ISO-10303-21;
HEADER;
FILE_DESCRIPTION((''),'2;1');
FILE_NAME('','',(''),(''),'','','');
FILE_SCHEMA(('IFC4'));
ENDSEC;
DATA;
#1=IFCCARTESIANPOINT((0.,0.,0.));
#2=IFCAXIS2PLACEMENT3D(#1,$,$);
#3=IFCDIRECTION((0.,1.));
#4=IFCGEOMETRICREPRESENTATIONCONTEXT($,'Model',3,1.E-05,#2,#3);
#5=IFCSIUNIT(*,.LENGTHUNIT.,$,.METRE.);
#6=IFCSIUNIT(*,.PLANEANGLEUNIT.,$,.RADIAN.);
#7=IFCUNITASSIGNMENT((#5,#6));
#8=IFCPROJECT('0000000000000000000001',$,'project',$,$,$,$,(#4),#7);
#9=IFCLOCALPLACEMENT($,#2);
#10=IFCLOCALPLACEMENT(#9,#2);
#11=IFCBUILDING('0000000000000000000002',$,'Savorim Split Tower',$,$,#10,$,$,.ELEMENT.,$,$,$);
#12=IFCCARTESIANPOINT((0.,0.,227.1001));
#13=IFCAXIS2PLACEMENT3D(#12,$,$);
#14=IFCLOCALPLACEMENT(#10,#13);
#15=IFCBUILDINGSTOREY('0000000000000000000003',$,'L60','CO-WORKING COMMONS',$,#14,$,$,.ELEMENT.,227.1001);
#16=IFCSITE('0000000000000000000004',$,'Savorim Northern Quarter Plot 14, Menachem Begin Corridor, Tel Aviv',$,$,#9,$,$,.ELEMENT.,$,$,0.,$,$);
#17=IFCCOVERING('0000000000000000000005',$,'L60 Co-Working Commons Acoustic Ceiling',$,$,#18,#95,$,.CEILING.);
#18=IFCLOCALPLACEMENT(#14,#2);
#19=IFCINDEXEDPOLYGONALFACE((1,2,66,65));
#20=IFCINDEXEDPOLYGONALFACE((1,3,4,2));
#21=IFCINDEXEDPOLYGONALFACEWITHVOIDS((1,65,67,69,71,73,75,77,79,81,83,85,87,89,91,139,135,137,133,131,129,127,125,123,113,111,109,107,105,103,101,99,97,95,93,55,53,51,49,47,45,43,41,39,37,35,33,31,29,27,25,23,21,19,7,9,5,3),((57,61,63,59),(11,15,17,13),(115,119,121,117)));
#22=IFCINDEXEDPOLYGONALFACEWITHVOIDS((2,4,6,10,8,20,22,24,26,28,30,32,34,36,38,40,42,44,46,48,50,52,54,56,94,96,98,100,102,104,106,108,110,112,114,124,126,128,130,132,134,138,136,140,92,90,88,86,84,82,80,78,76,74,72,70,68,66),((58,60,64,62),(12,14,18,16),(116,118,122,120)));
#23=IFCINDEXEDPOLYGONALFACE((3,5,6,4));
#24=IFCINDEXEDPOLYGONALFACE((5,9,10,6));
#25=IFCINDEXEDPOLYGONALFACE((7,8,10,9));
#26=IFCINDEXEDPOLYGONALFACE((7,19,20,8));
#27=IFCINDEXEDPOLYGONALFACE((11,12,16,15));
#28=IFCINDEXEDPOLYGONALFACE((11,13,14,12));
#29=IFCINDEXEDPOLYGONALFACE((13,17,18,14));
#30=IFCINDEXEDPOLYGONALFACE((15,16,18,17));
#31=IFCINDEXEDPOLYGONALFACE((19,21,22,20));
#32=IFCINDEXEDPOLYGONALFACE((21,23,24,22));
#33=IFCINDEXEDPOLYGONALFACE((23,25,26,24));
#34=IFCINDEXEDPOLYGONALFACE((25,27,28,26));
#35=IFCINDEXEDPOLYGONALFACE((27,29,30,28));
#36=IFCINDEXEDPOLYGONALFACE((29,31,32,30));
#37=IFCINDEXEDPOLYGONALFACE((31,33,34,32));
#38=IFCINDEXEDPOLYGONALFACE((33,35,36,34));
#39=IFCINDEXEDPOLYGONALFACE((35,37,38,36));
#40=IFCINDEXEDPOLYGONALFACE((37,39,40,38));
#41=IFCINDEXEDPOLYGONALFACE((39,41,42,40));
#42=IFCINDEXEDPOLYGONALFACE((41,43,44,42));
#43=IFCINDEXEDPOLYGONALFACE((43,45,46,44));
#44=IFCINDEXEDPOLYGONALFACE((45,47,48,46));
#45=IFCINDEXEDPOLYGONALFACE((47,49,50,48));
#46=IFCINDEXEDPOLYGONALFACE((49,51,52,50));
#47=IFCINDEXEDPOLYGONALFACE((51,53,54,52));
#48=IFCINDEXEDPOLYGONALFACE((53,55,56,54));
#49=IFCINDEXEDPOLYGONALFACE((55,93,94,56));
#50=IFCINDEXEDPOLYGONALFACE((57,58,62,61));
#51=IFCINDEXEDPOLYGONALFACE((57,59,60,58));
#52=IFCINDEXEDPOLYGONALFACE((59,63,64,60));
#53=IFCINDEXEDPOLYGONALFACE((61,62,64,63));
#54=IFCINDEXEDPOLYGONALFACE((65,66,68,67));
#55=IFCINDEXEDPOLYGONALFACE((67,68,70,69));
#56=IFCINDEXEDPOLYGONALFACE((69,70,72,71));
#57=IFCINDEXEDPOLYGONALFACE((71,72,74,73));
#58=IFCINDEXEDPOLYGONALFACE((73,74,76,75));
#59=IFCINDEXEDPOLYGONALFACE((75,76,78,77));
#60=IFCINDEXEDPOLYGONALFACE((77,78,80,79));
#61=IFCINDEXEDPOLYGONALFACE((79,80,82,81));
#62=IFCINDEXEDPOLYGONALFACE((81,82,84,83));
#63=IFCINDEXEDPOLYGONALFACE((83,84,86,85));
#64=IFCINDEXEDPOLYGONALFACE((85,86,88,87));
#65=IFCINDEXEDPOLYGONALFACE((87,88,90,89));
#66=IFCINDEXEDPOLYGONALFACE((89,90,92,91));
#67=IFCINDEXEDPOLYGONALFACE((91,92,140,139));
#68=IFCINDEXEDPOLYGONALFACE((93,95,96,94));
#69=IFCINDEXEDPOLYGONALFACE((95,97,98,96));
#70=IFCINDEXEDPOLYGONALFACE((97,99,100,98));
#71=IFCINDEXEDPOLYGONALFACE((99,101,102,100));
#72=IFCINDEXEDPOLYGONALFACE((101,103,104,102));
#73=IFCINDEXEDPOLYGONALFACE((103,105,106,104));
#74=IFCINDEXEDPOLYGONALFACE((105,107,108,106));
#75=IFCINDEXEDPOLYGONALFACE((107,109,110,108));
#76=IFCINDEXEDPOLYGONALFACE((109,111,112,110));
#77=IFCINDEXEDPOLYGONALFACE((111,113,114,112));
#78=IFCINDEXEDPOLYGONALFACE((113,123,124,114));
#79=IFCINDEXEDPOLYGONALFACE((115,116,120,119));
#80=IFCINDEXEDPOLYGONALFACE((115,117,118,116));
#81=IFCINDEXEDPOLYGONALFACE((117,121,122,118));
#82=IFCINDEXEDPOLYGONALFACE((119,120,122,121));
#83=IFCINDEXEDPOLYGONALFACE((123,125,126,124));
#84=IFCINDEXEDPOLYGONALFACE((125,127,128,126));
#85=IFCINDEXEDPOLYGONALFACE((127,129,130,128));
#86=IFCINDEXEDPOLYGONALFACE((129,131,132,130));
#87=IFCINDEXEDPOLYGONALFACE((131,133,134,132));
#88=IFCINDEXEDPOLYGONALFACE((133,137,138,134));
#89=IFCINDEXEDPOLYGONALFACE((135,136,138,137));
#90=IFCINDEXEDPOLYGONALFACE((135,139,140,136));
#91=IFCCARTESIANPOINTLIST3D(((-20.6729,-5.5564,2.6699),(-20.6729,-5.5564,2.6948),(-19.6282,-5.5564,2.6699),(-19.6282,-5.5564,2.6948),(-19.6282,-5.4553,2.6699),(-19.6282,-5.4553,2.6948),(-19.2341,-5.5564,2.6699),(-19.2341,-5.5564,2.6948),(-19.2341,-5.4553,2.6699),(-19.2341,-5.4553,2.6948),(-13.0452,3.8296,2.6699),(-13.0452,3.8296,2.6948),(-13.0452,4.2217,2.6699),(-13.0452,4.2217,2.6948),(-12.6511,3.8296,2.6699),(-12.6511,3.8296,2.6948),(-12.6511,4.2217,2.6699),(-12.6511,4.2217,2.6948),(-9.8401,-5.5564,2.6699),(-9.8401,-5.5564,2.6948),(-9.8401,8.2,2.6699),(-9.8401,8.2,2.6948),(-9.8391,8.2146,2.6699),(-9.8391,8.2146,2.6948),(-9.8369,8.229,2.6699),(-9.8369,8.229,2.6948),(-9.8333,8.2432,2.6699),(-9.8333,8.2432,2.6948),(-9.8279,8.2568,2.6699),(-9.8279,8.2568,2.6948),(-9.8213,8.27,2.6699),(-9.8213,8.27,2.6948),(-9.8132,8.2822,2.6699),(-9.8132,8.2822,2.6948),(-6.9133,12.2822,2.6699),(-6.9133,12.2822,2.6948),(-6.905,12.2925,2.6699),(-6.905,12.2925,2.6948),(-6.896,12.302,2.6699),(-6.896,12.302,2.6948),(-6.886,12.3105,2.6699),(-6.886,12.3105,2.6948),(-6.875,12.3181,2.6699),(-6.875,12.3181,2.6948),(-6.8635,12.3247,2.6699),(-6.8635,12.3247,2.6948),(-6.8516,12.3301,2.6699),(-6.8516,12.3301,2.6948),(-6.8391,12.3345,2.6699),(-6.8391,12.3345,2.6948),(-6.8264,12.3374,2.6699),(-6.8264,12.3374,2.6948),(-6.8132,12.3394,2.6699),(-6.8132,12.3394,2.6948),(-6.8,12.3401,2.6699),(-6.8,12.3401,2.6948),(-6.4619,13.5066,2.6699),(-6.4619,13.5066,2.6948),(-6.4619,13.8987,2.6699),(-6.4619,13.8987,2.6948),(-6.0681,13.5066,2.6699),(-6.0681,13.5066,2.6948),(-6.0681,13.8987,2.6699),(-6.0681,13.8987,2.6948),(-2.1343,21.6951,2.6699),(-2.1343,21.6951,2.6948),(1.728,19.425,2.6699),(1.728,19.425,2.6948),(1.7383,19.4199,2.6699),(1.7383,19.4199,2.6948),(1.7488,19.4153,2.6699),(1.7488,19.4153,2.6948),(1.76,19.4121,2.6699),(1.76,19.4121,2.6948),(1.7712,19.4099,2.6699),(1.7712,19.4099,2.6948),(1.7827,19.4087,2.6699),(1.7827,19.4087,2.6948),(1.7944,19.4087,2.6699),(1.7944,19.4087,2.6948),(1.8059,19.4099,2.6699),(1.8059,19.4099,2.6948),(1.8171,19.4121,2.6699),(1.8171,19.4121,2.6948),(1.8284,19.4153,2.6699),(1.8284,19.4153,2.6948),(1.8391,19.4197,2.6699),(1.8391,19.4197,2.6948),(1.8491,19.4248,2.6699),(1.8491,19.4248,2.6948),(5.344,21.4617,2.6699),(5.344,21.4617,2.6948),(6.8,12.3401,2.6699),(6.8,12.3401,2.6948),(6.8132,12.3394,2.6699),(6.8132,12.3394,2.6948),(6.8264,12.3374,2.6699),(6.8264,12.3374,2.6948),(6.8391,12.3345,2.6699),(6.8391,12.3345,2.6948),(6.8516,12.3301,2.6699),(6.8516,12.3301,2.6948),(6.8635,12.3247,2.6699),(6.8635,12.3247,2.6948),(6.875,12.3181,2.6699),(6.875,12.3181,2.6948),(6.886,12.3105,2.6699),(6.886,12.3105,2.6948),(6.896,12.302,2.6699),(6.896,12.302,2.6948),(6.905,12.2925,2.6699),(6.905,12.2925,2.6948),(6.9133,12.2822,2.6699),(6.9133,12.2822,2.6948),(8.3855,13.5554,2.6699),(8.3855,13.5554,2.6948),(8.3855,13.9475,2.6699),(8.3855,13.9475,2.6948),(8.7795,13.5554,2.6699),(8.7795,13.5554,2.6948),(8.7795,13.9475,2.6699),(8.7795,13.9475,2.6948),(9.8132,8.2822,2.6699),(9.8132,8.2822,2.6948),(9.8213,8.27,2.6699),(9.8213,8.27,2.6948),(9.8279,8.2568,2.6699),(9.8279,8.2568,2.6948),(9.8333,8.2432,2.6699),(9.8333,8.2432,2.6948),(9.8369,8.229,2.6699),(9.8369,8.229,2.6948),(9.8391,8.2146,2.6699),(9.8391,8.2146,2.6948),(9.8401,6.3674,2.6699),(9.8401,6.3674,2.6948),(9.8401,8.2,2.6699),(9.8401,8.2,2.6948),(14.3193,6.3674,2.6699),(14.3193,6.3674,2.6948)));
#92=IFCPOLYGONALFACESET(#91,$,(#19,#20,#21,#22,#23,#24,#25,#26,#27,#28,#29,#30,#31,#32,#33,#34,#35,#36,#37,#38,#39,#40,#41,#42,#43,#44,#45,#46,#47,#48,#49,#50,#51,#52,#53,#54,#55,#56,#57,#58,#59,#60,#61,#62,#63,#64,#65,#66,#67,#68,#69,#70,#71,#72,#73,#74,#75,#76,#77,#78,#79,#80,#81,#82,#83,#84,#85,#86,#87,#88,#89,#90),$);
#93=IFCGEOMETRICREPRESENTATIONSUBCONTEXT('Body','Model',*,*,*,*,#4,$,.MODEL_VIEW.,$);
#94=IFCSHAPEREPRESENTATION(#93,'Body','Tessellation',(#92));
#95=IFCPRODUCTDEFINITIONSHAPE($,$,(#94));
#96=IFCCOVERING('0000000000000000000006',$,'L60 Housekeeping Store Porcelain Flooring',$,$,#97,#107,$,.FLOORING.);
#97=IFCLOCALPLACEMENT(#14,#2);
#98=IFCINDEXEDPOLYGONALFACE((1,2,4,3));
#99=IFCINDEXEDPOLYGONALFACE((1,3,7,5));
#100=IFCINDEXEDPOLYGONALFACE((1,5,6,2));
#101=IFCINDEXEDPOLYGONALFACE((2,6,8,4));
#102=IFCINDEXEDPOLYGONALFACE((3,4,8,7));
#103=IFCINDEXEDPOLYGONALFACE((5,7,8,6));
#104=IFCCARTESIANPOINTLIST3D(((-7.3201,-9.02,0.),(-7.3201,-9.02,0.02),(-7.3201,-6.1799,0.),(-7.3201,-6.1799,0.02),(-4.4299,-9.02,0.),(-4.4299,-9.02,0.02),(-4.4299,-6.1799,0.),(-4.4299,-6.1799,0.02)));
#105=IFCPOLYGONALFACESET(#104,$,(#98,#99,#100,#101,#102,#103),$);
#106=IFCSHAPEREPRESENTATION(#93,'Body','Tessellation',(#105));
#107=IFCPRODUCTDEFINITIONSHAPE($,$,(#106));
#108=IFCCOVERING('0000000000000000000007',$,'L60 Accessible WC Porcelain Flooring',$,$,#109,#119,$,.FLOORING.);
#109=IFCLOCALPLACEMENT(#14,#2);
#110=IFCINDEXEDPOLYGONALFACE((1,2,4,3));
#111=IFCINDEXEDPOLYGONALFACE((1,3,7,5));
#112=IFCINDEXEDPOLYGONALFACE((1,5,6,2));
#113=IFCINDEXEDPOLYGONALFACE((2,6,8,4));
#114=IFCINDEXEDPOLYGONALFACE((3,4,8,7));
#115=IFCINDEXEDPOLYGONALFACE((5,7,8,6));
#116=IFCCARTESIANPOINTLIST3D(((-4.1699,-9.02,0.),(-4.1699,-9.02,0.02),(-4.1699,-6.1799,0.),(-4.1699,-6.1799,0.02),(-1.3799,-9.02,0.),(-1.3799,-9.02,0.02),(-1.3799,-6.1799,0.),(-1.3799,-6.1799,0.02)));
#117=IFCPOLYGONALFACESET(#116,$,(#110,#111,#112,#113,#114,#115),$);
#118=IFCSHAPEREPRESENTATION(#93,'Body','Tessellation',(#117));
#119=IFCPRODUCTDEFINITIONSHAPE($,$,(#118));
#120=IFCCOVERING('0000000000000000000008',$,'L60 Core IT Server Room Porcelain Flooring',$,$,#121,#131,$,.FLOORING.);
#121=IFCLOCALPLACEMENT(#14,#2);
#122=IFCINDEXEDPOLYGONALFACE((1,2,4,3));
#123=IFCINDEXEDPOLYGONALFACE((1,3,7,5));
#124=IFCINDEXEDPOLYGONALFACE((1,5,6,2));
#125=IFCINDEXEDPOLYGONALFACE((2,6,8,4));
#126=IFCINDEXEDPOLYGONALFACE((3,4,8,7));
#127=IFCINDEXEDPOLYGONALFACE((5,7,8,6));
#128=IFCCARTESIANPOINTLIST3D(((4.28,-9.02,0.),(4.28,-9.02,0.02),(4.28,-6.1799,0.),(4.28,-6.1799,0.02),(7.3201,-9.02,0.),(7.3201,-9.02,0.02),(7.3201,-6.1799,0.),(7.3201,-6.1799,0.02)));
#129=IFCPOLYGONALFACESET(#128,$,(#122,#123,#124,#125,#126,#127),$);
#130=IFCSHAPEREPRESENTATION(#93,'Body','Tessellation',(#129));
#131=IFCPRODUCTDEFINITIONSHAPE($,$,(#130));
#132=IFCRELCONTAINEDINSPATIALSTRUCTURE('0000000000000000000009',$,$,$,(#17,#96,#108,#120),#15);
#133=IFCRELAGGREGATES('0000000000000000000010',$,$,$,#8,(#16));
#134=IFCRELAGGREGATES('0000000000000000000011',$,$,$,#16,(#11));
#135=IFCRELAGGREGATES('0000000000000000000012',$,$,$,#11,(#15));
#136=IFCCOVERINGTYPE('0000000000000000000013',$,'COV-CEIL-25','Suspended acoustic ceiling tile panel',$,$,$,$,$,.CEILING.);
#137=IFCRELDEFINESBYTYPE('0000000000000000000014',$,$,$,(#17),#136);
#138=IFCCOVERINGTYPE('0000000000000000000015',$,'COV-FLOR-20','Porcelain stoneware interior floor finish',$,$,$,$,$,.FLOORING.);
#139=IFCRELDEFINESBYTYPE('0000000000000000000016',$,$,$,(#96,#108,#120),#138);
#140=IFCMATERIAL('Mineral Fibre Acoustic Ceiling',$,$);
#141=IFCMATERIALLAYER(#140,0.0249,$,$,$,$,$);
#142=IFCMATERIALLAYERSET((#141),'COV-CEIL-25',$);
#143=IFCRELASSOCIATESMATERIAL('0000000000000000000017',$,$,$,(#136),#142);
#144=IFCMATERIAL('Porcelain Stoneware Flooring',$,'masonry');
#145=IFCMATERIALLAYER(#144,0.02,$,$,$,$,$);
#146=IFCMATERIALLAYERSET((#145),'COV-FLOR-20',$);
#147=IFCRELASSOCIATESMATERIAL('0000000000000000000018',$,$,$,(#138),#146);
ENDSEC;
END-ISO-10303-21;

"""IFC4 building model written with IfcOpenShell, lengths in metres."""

from ifc_helpers import new_model, si_unit, direction, frame, origin, place, context, subcontext, project, spatial, polyline, outline, extrude, material, layer, layer_set, type_object, element, save


model = new_model("IFC4")

# Units and contexts
model_context = context("Model", 3, precision=1e-05, world=origin(), true_north=direction((0.0, 1.0)))
body_context = subcontext(model_context, "Body", "Model", "MODEL_VIEW")
ifc_project = project(units=[si_unit("LENGTHUNIT", "METRE"), si_unit("PLANEANGLEUNIT", "RADIAN")], contexts=[model_context])

# Site, building, storey
site_placement = place(None, origin())
site = spatial("IfcSite", under=ifc_project, at=site_placement, Name="Savorim Northern Quarter Plot 14, Menachem Begin Corridor, Tel Aviv", CompositionType="ELEMENT", RefElevation=0.0)
building_placement = place(site_placement, origin())
building = spatial("IfcBuilding", under=site, at=building_placement, Name="Savorim Split Tower", CompositionType="ELEMENT")
storey_placement = place(building_placement, frame((0.0, 0.0, 227.1001)))
storey = spatial("IfcBuildingStorey", under=building, at=storey_placement, Name="L60", Description="CO-WORKING COMMONS", CompositionType="ELEMENT", Elevation=227.1001)

# Coverings
ifc_material_1 = material(Name="Mineral Fibre Acoustic Ceiling")
ifc_layer_1 = layer(ifc_material_1, 0.0249)
ifc_layer_set_1 = layer_set([ifc_layer_1], Name="COV-CEIL-25")
covering_type_1 = type_object("IfcCoveringType", Name="COV-CEIL-25", Description="Suspended acoustic ceiling tile panel", PredefinedType="CEILING", material=ifc_layer_set_1)
covering_1_placement = place(storey_placement, frame((0.0, 0.0, 2.6699)))
element("IfcCovering", 1, at=covering_1_placement, inside=storey, type_object=covering_type_1, Name="L60 Co-Working Commons Acoustic Ceiling", PredefinedType="CEILING", context=body_context, shape_type="SweptSolid", body=[
    extrude(outline(polyline([(1.7488, 19.4153), (1.7383, 19.4199), (1.728, 19.425), (-2.1343, 21.6951), (-20.6729, -5.5564), (-19.6282, -5.5564), (-19.6282, -5.4553), (-19.2341, -5.4553), (-19.2341, -5.5564), (-9.8401, -5.5564), (-9.8401, 8.2), (-9.8391, 8.2146), (-9.8369, 8.229), (-9.8333, 8.2432), (-9.8279, 8.2568), (-9.8213, 8.27), (-9.8132, 8.2822), (-6.9133, 12.2822), (-6.905, 12.2925), (-6.896, 12.302), (-6.886, 12.3105), (-6.875, 12.3181), (-6.8635, 12.3247), (-6.8516, 12.3301), (-6.8391, 12.3345), (-6.8264, 12.3374), (-6.8132, 12.3394), (-6.8, 12.3401), (6.8, 12.3401), (6.8132, 12.3394), (6.8264, 12.3374), (6.8391, 12.3345), (6.8516, 12.3301), (6.8635, 12.3247), (6.875, 12.3181), (6.886, 12.3105), (6.896, 12.302), (6.905, 12.2925), (6.9133, 12.2822), (9.8132, 8.2822), (9.8213, 8.27), (9.8279, 8.2568), (9.8333, 8.2432), (9.8369, 8.229), (9.8391, 8.2146), (9.8401, 8.2), (9.8401, 6.3674), (14.3193, 6.3674), (5.344, 21.4617), (1.8491, 19.4248), (1.8391, 19.4197), (1.8284, 19.4153), (1.8171, 19.4121), (1.8059, 19.4099), (1.7944, 19.4087), (1.7827, 19.4087), (1.7712, 19.4099), (1.76, 19.4121), (1.7488, 19.4153)]), holes=[polyline([(8.7795, 13.9475), (8.3855, 13.9475), (8.3855, 13.5554), (8.7795, 13.5554), (8.7795, 13.9475)]), polyline([(-6.0681, 13.8987), (-6.4619, 13.8987), (-6.4619, 13.5066), (-6.0681, 13.5066), (-6.0681, 13.8987)]), polyline([(-13.0452, 4.2217), (-13.0452, 3.8296), (-12.6511, 3.8296), (-12.6511, 4.2217), (-13.0452, 4.2217)])]), origin(), (0.0, 0.0, 1.0), 0.0249),
])
ifc_material_2 = material(Name="Porcelain Stoneware Flooring", Category="masonry")
ifc_layer_2 = layer(ifc_material_2, 0.02)
ifc_layer_set_2 = layer_set([ifc_layer_2], Name="COV-FLOR-20")
covering_type_2 = type_object("IfcCoveringType", Name="COV-FLOR-20", Description="Porcelain stoneware interior floor finish", PredefinedType="FLOORING", material=ifc_layer_set_2)
covering_2_placement = place(storey_placement, origin())
element("IfcCovering", 2, at=covering_2_placement, inside=storey, type_object=covering_type_2, Name="L60 Housekeeping Store Porcelain Flooring", PredefinedType="FLOORING", context=body_context, shape_type="SweptSolid", body=[
    extrude(outline(polyline([(-7.3201, -6.1799), (-7.3201, -9.02), (-4.4299, -9.02), (-4.4299, -6.1799), (-7.3201, -6.1799)])), origin(), (0.0, 0.0, 1.0), 0.02),
])
covering_3_placement = place(storey_placement, origin())
element("IfcCovering", 3, at=covering_3_placement, inside=storey, type_object=covering_type_2, Name="L60 Accessible WC Porcelain Flooring", PredefinedType="FLOORING", context=body_context, shape_type="SweptSolid", body=[
    extrude(outline(polyline([(-4.1699, -6.1799), (-4.1699, -9.02), (-1.3799, -9.02), (-1.3799, -6.1799), (-4.1699, -6.1799)])), origin(), (0.0, 0.0, 1.0), 0.02),
])
covering_4_placement = place(storey_placement, origin())
element("IfcCovering", 4, at=covering_4_placement, inside=storey, type_object=covering_type_2, Name="L60 Core IT Server Room Porcelain Flooring", PredefinedType="FLOORING", context=body_context, shape_type="SweptSolid", body=[
    extrude(outline(polyline([(4.28, -6.1799), (4.28, -9.02), (7.3201, -9.02), (7.3201, -6.1799), (4.28, -6.1799)])), origin(), (0.0, 0.0, 1.0), 0.02),
])

save(model, "model.ifc")
